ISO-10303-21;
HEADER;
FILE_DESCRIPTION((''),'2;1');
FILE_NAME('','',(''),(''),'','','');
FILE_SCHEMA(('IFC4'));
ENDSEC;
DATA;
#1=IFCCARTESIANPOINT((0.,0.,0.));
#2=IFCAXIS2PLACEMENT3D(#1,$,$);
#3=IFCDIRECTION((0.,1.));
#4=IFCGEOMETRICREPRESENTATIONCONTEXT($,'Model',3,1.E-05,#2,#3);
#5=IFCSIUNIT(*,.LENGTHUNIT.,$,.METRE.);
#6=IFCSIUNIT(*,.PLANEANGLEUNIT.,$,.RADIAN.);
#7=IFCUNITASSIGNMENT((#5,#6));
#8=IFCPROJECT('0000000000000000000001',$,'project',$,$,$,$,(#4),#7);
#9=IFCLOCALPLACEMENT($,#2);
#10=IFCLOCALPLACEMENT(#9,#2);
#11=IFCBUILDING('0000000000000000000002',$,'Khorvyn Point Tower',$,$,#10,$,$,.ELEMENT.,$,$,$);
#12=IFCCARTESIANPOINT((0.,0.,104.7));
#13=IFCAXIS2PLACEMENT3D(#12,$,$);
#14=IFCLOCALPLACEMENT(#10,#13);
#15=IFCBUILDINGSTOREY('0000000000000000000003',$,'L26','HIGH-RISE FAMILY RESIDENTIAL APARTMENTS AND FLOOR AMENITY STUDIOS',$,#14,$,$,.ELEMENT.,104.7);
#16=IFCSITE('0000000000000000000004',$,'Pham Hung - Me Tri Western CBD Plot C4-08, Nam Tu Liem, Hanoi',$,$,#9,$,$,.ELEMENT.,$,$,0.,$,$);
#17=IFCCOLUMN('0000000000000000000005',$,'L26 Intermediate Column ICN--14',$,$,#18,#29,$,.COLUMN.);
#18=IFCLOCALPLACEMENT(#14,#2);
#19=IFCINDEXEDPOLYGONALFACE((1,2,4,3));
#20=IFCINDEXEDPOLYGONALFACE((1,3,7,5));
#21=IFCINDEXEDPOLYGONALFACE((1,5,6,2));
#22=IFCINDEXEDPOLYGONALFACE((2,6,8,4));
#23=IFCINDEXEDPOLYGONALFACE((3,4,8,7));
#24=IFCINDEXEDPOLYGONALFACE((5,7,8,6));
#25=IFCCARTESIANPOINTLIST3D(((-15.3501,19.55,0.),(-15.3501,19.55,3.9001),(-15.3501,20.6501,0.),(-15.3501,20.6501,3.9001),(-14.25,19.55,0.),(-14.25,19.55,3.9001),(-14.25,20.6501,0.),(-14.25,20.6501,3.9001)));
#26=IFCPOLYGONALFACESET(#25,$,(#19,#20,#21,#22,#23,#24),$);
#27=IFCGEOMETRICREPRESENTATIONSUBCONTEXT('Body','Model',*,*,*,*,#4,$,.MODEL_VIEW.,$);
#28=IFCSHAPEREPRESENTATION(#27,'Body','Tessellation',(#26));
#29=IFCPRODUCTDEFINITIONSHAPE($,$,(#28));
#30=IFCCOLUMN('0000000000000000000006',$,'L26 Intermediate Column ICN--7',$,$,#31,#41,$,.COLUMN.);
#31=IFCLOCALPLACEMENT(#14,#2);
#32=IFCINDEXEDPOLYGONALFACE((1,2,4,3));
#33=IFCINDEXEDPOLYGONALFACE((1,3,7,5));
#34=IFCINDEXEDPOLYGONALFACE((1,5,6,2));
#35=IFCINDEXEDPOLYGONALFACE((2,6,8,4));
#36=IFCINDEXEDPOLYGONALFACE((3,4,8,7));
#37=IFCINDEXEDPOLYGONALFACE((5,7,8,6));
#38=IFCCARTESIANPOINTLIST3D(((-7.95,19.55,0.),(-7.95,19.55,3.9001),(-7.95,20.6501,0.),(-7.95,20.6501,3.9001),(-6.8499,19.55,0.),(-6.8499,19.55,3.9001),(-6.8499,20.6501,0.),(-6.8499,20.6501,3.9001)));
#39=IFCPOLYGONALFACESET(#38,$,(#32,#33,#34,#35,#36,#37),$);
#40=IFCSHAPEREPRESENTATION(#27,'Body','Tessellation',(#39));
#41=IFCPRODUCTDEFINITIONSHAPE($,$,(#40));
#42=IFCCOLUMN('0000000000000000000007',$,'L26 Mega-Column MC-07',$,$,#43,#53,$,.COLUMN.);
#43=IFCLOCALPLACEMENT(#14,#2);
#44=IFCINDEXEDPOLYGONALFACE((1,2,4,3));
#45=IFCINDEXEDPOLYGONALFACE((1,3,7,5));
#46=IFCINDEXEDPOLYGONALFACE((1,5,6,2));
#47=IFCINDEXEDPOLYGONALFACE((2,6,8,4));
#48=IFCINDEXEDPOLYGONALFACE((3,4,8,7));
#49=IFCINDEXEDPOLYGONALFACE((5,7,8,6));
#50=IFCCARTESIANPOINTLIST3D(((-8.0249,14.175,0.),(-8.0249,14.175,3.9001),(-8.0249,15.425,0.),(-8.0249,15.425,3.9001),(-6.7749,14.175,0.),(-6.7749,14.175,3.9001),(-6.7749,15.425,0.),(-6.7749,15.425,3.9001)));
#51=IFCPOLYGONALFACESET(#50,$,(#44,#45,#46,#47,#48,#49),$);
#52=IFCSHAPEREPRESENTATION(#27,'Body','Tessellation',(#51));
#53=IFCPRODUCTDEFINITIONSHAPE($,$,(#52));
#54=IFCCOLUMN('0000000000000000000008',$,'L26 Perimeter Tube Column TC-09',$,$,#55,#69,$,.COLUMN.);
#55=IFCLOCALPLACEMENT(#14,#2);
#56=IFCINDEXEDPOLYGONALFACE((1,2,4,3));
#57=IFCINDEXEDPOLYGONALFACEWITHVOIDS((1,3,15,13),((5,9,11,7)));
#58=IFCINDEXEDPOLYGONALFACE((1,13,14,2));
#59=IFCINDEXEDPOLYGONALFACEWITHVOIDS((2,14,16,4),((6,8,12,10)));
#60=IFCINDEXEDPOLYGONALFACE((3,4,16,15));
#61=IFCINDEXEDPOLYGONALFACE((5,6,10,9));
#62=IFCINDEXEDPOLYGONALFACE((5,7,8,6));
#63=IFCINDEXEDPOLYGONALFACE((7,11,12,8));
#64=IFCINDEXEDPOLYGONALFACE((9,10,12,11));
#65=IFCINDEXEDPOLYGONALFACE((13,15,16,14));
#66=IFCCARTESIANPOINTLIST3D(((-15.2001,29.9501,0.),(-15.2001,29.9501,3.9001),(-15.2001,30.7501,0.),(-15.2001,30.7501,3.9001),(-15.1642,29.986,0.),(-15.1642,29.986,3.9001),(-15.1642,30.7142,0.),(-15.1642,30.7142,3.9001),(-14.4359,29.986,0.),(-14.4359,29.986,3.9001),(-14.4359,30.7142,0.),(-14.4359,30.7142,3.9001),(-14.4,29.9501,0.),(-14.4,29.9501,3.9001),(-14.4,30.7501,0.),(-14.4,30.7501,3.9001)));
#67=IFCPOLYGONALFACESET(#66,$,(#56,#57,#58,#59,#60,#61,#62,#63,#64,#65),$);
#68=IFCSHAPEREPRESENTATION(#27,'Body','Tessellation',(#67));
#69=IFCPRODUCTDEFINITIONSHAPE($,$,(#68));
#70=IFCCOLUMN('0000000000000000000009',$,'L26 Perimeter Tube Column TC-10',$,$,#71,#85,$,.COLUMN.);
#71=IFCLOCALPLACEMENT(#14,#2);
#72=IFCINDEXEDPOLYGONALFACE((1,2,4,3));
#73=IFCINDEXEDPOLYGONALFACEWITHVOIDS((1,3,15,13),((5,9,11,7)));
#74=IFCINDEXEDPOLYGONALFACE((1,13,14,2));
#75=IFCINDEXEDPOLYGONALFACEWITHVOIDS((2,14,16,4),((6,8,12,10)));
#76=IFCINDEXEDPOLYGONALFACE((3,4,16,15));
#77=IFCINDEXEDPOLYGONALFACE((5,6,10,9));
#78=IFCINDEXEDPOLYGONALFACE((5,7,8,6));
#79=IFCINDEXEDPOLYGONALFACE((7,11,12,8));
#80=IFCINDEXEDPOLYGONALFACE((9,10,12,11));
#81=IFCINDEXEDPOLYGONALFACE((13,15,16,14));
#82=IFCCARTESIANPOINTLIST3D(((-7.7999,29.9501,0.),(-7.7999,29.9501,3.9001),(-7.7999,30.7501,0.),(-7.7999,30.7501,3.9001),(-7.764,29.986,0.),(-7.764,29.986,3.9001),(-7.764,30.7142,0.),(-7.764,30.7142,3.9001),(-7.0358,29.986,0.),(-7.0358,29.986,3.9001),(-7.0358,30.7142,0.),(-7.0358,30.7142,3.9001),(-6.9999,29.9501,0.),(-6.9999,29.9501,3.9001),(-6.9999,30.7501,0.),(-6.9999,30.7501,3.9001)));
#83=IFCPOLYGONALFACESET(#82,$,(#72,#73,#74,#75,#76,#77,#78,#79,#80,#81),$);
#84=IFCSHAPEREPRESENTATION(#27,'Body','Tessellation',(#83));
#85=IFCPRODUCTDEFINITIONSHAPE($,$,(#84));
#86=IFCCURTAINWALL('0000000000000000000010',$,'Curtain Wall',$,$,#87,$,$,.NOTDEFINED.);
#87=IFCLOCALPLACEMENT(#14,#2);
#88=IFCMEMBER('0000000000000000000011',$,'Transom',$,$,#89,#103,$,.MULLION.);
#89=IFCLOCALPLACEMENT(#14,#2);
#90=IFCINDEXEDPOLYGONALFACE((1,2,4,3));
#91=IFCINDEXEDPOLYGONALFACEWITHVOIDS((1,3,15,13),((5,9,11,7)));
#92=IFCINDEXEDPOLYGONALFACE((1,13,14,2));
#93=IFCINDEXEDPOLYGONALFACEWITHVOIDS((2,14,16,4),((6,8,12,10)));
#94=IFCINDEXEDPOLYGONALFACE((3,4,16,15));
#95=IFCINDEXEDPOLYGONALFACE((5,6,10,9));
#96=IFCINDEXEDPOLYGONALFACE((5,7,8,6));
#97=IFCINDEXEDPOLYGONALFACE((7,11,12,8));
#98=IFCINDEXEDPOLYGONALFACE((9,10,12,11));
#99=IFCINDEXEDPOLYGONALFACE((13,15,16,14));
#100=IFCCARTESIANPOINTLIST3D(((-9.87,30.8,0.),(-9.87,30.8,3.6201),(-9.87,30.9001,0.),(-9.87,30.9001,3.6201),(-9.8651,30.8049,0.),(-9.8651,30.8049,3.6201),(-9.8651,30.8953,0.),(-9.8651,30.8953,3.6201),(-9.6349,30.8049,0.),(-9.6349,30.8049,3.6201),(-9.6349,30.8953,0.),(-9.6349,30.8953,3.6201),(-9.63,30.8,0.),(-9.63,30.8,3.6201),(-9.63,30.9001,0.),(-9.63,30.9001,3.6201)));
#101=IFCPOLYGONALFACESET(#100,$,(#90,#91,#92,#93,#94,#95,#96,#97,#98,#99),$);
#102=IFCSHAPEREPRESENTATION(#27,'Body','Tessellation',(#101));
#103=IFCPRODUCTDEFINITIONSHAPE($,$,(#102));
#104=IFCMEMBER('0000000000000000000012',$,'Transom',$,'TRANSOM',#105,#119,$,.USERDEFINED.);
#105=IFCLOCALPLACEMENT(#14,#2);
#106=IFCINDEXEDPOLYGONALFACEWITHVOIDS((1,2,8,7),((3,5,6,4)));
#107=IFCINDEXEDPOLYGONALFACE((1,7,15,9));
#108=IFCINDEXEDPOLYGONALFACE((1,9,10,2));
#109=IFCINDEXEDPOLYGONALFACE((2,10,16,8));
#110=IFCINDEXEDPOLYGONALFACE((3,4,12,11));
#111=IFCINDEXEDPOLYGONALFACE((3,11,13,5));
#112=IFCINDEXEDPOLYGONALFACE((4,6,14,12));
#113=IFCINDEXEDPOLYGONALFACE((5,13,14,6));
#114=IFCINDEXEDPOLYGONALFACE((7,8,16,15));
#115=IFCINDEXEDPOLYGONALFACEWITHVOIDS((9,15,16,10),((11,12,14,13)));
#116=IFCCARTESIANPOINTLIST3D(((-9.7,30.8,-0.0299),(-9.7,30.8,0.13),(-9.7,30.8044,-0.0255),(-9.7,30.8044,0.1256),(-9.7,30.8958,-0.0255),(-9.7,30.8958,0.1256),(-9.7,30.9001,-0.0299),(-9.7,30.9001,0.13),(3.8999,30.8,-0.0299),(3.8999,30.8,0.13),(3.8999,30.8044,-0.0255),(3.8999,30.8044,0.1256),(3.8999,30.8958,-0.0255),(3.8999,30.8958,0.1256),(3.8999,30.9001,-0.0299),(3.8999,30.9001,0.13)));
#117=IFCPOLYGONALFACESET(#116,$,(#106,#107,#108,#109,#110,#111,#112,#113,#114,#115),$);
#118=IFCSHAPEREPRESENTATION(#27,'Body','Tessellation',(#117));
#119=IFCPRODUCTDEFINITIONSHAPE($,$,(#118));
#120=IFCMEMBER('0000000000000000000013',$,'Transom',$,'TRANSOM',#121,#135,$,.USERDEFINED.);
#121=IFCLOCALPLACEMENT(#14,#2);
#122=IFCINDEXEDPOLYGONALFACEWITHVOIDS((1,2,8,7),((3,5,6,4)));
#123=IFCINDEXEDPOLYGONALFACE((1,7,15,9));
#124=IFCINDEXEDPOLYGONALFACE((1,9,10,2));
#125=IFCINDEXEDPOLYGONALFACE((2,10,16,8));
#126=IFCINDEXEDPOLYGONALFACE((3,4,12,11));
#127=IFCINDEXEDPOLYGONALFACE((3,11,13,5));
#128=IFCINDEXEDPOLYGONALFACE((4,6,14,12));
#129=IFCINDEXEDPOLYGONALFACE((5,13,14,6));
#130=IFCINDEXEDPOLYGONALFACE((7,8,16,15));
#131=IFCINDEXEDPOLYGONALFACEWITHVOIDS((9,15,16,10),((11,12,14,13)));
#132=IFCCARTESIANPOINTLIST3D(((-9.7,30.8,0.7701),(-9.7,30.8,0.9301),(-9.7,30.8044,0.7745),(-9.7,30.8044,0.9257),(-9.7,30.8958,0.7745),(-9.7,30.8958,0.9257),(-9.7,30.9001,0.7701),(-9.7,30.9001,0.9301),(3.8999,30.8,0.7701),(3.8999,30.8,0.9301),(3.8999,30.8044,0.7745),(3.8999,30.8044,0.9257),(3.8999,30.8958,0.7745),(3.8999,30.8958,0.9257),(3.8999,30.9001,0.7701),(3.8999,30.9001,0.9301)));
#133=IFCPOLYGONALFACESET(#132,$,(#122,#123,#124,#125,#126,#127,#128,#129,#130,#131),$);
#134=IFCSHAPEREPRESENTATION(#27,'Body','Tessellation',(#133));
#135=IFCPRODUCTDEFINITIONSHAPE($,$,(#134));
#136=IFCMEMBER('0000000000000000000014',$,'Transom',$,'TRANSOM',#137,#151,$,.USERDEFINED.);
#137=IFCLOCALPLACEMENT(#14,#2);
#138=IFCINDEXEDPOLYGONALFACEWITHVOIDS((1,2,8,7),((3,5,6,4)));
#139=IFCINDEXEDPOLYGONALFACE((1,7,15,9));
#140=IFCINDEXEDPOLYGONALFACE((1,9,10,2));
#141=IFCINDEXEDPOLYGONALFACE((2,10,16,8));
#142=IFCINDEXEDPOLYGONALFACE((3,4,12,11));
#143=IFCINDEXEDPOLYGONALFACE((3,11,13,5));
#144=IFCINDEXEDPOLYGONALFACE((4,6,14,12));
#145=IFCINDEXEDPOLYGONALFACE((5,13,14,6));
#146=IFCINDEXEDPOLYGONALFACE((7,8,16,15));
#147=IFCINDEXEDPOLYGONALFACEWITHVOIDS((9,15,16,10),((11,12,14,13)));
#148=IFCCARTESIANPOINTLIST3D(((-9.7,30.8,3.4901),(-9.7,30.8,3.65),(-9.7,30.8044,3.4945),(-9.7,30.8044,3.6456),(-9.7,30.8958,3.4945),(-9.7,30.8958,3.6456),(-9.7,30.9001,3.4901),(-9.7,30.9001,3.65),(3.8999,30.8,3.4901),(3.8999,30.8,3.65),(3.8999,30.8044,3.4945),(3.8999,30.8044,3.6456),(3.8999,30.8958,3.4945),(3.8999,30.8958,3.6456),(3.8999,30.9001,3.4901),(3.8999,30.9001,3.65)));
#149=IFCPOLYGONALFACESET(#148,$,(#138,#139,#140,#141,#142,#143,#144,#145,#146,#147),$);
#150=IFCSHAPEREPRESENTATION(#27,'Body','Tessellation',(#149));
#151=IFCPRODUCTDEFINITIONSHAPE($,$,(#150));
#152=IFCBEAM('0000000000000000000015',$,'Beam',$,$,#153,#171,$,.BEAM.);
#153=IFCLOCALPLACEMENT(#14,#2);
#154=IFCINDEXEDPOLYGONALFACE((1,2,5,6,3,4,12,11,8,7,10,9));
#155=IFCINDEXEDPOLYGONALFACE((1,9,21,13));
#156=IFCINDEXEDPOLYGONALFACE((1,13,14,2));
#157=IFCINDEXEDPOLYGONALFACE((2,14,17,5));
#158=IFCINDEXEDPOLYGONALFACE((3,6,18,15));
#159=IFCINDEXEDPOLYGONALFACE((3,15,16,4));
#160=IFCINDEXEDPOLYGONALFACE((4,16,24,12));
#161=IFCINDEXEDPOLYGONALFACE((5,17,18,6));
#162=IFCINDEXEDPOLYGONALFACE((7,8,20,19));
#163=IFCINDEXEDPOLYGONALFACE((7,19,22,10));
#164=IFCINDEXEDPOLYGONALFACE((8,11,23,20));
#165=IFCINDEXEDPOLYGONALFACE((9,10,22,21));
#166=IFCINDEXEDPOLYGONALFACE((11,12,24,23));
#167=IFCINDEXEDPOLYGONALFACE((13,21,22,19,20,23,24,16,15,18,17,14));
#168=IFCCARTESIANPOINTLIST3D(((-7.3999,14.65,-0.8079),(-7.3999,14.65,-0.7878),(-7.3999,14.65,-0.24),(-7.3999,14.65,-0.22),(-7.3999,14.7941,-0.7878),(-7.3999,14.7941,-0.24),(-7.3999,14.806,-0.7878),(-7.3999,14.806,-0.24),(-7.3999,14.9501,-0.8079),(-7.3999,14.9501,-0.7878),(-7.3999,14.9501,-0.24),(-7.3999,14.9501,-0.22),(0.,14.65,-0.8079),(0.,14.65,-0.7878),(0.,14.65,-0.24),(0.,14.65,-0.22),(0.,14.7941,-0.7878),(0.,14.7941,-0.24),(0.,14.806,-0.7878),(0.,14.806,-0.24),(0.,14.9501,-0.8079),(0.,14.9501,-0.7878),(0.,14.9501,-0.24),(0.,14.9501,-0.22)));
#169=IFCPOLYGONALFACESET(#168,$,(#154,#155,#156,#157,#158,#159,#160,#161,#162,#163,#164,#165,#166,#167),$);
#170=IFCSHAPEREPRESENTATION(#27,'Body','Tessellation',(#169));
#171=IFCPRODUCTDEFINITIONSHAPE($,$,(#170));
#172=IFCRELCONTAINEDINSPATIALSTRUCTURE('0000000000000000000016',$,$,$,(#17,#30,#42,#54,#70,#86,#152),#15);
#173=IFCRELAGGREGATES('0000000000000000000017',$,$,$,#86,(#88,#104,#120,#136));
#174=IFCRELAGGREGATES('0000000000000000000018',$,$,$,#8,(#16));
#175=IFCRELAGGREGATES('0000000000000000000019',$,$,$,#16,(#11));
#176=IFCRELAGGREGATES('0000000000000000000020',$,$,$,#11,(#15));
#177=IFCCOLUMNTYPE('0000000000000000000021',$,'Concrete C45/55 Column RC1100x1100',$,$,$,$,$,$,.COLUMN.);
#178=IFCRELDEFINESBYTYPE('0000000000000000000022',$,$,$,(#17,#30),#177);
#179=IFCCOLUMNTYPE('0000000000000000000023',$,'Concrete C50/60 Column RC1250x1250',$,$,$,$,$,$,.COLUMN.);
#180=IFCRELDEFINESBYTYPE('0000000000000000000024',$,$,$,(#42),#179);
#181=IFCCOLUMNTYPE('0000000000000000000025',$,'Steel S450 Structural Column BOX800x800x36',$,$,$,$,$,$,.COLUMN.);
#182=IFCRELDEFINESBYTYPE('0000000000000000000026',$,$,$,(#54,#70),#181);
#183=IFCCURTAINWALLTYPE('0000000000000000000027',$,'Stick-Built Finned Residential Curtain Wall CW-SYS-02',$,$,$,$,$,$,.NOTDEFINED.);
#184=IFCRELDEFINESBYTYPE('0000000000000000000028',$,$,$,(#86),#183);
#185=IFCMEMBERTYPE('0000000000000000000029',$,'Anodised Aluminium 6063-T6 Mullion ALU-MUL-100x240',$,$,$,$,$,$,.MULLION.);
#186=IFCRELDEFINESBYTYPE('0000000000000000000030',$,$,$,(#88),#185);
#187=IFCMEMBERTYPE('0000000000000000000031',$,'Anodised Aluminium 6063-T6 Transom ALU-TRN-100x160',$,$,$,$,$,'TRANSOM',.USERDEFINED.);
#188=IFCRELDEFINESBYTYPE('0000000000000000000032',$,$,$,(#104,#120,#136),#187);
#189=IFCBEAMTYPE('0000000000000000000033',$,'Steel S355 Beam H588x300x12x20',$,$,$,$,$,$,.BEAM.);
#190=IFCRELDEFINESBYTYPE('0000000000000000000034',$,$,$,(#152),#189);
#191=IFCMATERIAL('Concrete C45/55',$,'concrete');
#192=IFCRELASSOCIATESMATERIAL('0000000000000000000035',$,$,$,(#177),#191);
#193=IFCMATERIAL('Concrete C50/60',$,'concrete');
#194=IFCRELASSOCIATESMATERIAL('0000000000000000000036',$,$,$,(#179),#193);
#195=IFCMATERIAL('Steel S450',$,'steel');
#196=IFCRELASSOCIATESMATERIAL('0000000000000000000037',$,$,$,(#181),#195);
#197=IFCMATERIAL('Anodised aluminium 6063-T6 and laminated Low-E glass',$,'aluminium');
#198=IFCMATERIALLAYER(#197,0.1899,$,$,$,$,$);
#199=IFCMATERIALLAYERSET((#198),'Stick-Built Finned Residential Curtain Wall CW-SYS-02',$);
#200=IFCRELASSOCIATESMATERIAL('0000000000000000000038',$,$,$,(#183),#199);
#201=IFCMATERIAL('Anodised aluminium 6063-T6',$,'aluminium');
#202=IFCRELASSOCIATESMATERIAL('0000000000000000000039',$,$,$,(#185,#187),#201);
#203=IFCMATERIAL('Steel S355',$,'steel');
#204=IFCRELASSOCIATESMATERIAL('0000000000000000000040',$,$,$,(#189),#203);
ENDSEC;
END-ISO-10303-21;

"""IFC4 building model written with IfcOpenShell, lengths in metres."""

from ifc_helpers import new_model, si_unit, direction, frame, origin, origin_2d, place, context, subcontext, project, spatial, rectangle, hollow_rectangle, i_section, extrude, material, layer, layer_set, material_profile, profile_set, type_object, element, aggregate, save


model = new_model("IFC4")

# Units and contexts
model_context = context("Model", 3, precision=1e-05, world=origin(), true_north=direction((0.0, 1.0)))
body_context = subcontext(model_context, "Body", "Model", "MODEL_VIEW")
ifc_project = project(units=[si_unit("LENGTHUNIT", "METRE"), si_unit("PLANEANGLEUNIT", "RADIAN")], contexts=[model_context])

# Site, building, storey
site_placement = place(None, origin())
site = spatial("IfcSite", under=ifc_project, at=site_placement, Name="Pham Hung - Me Tri Western CBD Plot C4-08, Nam Tu Liem, Hanoi", CompositionType="ELEMENT", RefElevation=0.0)
building_placement = place(site_placement, origin())
building = spatial("IfcBuilding", under=site, at=building_placement, Name="Khorvyn Point Tower", CompositionType="ELEMENT")
storey_placement = place(building_placement, frame((0.0, 0.0, 104.7)))
storey = spatial("IfcBuildingStorey", under=building, at=storey_placement, Name="L26", Description="HIGH-RISE FAMILY RESIDENTIAL APARTMENTS AND FLOOR AMENITY STUDIOS", CompositionType="ELEMENT", Elevation=104.7)

# Columns
ifc_material_1 = material(Name="Concrete C45/55", Category="concrete")
ifc_material_profile_1 = material_profile(ifc_material_1, rectangle(XDim=1.1001, YDim=1.1001, at=origin_2d()))
ifc_profile_set_1 = profile_set([ifc_material_profile_1], Name="Concrete C45/55 RC1100x1100")
column_type_1 = type_object("IfcColumnType", Name="Concrete C45/55 Column RC1100x1100", PredefinedType="COLUMN", material=ifc_profile_set_1)
for number, where, z_axis, x_axis, name in (
    (1, (-14.8, 20.1001, 0.0), (0.0, 0.0, 1.0), (1.0, 0.0, 0.0), "L26 Intermediate Column ICN--14"),
    (2, (-7.3999, 20.1001, 0.0), (0.0, 0.0, 1.0), (1.0, 0.0, 0.0), "L26 Intermediate Column ICN--7"),
):
    element("IfcColumn", number, at=place(storey_placement, frame(where, z_axis=z_axis, x_axis=x_axis)), inside=storey, type_object=column_type_1, Name=name, PredefinedType="COLUMN", context=body_context, shape_type="SweptSolid", body=[
        extrude(rectangle(XDim=1.1001, YDim=1.1001, at=origin_2d()), origin(), (0.0, 0.0, 1.0), 3.9001),
    ])
ifc_material_2 = material(Name="Concrete C50/60", Category="concrete")
ifc_material_profile_2 = material_profile(ifc_material_2, rectangle(XDim=1.25, YDim=1.25, at=origin_2d()))
ifc_profile_set_2 = profile_set([ifc_material_profile_2], Name="Concrete C50/60 RC1250x1250")
column_type_2 = type_object("IfcColumnType", Name="Concrete C50/60 Column RC1250x1250", PredefinedType="COLUMN", material=ifc_profile_set_2)
column_placement = place(storey_placement, frame((-7.3999, 14.8, 0.0), z_axis=(0.0, 0.0, 1.0), x_axis=(1.0, 0.0, 0.0)))
element("IfcColumn", 3, at=column_placement, inside=storey, type_object=column_type_2, Name="L26 Mega-Column MC-07", PredefinedType="COLUMN", context=body_context, shape_type="SweptSolid", body=[
    extrude(rectangle(XDim=1.25, YDim=1.25, at=origin_2d()), origin(), (0.0, 0.0, 1.0), 3.9001),
])
ifc_material_3 = material(Name="Steel S450", Category="steel")
ifc_material_profile_3 = material_profile(ifc_material_3, hollow_rectangle(XDim=0.8, YDim=0.8, WallThickness=0.0359, at=origin_2d()))
ifc_profile_set_3 = profile_set([ifc_material_profile_3], Name="Steel S450 BOX800x800x36")
column_type_3 = type_object("IfcColumnType", Name="Steel S450 Structural Column BOX800x800x36", PredefinedType="COLUMN", material=ifc_profile_set_3)
for number, where, z_axis, x_axis, name in (
    (4, (-14.8, 30.3501, 0.0), (0.0, 0.0, 1.0), (1.0, 0.0, 0.0), "L26 Perimeter Tube Column TC-09"),
    (5, (-7.3999, 30.3501, 0.0), (0.0, 0.0, 1.0), (1.0, 0.0, 0.0), "L26 Perimeter Tube Column TC-10"),
):
    element("IfcColumn", number, at=place(storey_placement, frame(where, z_axis=z_axis, x_axis=x_axis)), inside=storey, type_object=column_type_3, Name=name, PredefinedType="COLUMN", context=body_context, shape_type="SweptSolid", body=[
        extrude(hollow_rectangle(XDim=0.8, YDim=0.8, WallThickness=0.0359, at=origin_2d()), origin(), (0.0, 0.0, 1.0), 3.9001),
    ])

# Curtain wall, members
ifc_material_4 = material(Name="Anodised aluminium 6063-T6 and laminated Low-E glass", Category="aluminium")
ifc_layer_1 = layer(ifc_material_4, 0.1899)
ifc_layer_set_1 = layer_set([ifc_layer_1], Name="Stick-Built Finned Residential Curtain Wall CW-SYS-02")
curtain_wall_type = type_object("IfcCurtainWallType", Name="Stick-Built Finned Residential Curtain Wall CW-SYS-02", PredefinedType="NOTDEFINED", material=ifc_layer_set_1)
curtain_wall_placement = place(storey_placement, origin())
curtain_wall = element("IfcCurtainWall", 6, at=curtain_wall_placement, inside=storey, type_object=curtain_wall_type, Name="Curtain Wall", PredefinedType="NOTDEFINED")
ifc_material_5 = material(Name="Anodised aluminium 6063-T6", Category="aluminium")
ifc_material_profile_4 = material_profile(ifc_material_5, hollow_rectangle(XDim=0.1001, YDim=0.24, WallThickness=0.0049, at=origin_2d()))
ifc_profile_set_4 = profile_set([ifc_material_profile_4], Name="Anodised aluminium 6063-T6 ALU-MUL-100x240")
member_type_1 = type_object("IfcMemberType", Name="Anodised Aluminium 6063-T6 Mullion ALU-MUL-100x240", PredefinedType="MULLION", material=ifc_profile_set_4)
member_1_placement = place(storey_placement, frame((-9.75, 30.8501, 0.0), z_axis=(0.0, 0.0, 1.0), x_axis=(0.0, 1.0, 0.0)))
member_1 = element("IfcMember", 7, at=member_1_placement, type_object=member_type_1, Name="Transom", PredefinedType="MULLION", context=body_context, shape_type="SweptSolid", body=[
    extrude(hollow_rectangle(XDim=0.1001, YDim=0.24, WallThickness=0.0049, at=origin_2d()), origin(), (0.0, 0.0, 1.0), 3.6201),
])
ifc_material_profile_5 = material_profile(ifc_material_5, hollow_rectangle(XDim=0.1001, YDim=0.1599, WallThickness=0.0044, at=origin_2d()))
ifc_profile_set_5 = profile_set([ifc_material_profile_5], Name="Anodised aluminium 6063-T6 ALU-TRN-100x160")
member_type_2 = type_object("IfcMemberType", Name="Anodised Aluminium 6063-T6 Transom ALU-TRN-100x160", ElementType="TRANSOM", PredefinedType="USERDEFINED", material=ifc_profile_set_5)
member_2_placement = place(storey_placement, frame((-9.7, 30.8501, 0.05), z_axis=(1.0, 0.0, 0.0), x_axis=(0.0, 1.0, 0.0)))
member_2 = element("IfcMember", 8, at=member_2_placement, type_object=member_type_2, Name="Transom", ObjectType="TRANSOM", PredefinedType="USERDEFINED", context=body_context, shape_type="SweptSolid", body=[
    extrude(hollow_rectangle(XDim=0.1001, YDim=0.1599, WallThickness=0.0044, at=origin_2d()), origin(), (0.0, 0.0, 1.0), 13.5999),
])
member_3_placement = place(storey_placement, frame((-9.7, 30.8501, 0.8501), z_axis=(1.0, 0.0, 0.0), x_axis=(0.0, 1.0, 0.0)))
member_3 = element("IfcMember", 9, at=member_3_placement, type_object=member_type_2, Name="Transom", ObjectType="TRANSOM", PredefinedType="USERDEFINED", context=body_context, shape_type="SweptSolid", body=[
    extrude(hollow_rectangle(XDim=0.1001, YDim=0.1599, WallThickness=0.0044, at=origin_2d()), origin(), (0.0, 0.0, 1.0), 13.5999),
])
member_4_placement = place(storey_placement, frame((-9.7, 30.8501, 3.5701), z_axis=(1.0, 0.0, 0.0), x_axis=(0.0, 1.0, 0.0)))
member_4 = element("IfcMember", 10, at=member_4_placement, type_object=member_type_2, Name="Transom", ObjectType="TRANSOM", PredefinedType="USERDEFINED", context=body_context, shape_type="SweptSolid", body=[
    extrude(hollow_rectangle(XDim=0.1001, YDim=0.1599, WallThickness=0.0044, at=origin_2d()), origin(), (0.0, 0.0, 1.0), 13.5999),
])

# Beam
ifc_material_6 = material(Name="Steel S355", Category="steel")
ifc_material_profile_6 = material_profile(ifc_material_6, i_section(OverallWidth=0.3, OverallDepth=0.5879, WebThickness=0.012, FlangeThickness=0.02, at=origin_2d()))
ifc_profile_set_6 = profile_set([ifc_material_profile_6], Name="Steel S355 H588x300x12x20")
beam_type_1 = type_object("IfcBeamType", Name="Steel S355 Beam H588x300x12x20", PredefinedType="BEAM", material=ifc_profile_set_6)
beam_1_placement = place(storey_placement, frame((-7.3999, 14.8, -0.5139), z_axis=(1.0, 0.0, 0.0), x_axis=(0.0, 1.0, 0.0)))
element("IfcBeam", 11, at=beam_1_placement, inside=storey, type_object=beam_type_1, Name="Beam", PredefinedType="BEAM", context=body_context, shape_type="SweptSolid", body=[
    extrude(i_section(OverallWidth=0.3, OverallDepth=0.5879, WebThickness=0.012, FlangeThickness=0.02, at=origin_2d()), origin(), (0.0, 0.0, 1.0), 7.3999),
])

aggregate(curtain_wall, [member_1, member_2, member_3, member_4])

save(model, "model.ifc")
